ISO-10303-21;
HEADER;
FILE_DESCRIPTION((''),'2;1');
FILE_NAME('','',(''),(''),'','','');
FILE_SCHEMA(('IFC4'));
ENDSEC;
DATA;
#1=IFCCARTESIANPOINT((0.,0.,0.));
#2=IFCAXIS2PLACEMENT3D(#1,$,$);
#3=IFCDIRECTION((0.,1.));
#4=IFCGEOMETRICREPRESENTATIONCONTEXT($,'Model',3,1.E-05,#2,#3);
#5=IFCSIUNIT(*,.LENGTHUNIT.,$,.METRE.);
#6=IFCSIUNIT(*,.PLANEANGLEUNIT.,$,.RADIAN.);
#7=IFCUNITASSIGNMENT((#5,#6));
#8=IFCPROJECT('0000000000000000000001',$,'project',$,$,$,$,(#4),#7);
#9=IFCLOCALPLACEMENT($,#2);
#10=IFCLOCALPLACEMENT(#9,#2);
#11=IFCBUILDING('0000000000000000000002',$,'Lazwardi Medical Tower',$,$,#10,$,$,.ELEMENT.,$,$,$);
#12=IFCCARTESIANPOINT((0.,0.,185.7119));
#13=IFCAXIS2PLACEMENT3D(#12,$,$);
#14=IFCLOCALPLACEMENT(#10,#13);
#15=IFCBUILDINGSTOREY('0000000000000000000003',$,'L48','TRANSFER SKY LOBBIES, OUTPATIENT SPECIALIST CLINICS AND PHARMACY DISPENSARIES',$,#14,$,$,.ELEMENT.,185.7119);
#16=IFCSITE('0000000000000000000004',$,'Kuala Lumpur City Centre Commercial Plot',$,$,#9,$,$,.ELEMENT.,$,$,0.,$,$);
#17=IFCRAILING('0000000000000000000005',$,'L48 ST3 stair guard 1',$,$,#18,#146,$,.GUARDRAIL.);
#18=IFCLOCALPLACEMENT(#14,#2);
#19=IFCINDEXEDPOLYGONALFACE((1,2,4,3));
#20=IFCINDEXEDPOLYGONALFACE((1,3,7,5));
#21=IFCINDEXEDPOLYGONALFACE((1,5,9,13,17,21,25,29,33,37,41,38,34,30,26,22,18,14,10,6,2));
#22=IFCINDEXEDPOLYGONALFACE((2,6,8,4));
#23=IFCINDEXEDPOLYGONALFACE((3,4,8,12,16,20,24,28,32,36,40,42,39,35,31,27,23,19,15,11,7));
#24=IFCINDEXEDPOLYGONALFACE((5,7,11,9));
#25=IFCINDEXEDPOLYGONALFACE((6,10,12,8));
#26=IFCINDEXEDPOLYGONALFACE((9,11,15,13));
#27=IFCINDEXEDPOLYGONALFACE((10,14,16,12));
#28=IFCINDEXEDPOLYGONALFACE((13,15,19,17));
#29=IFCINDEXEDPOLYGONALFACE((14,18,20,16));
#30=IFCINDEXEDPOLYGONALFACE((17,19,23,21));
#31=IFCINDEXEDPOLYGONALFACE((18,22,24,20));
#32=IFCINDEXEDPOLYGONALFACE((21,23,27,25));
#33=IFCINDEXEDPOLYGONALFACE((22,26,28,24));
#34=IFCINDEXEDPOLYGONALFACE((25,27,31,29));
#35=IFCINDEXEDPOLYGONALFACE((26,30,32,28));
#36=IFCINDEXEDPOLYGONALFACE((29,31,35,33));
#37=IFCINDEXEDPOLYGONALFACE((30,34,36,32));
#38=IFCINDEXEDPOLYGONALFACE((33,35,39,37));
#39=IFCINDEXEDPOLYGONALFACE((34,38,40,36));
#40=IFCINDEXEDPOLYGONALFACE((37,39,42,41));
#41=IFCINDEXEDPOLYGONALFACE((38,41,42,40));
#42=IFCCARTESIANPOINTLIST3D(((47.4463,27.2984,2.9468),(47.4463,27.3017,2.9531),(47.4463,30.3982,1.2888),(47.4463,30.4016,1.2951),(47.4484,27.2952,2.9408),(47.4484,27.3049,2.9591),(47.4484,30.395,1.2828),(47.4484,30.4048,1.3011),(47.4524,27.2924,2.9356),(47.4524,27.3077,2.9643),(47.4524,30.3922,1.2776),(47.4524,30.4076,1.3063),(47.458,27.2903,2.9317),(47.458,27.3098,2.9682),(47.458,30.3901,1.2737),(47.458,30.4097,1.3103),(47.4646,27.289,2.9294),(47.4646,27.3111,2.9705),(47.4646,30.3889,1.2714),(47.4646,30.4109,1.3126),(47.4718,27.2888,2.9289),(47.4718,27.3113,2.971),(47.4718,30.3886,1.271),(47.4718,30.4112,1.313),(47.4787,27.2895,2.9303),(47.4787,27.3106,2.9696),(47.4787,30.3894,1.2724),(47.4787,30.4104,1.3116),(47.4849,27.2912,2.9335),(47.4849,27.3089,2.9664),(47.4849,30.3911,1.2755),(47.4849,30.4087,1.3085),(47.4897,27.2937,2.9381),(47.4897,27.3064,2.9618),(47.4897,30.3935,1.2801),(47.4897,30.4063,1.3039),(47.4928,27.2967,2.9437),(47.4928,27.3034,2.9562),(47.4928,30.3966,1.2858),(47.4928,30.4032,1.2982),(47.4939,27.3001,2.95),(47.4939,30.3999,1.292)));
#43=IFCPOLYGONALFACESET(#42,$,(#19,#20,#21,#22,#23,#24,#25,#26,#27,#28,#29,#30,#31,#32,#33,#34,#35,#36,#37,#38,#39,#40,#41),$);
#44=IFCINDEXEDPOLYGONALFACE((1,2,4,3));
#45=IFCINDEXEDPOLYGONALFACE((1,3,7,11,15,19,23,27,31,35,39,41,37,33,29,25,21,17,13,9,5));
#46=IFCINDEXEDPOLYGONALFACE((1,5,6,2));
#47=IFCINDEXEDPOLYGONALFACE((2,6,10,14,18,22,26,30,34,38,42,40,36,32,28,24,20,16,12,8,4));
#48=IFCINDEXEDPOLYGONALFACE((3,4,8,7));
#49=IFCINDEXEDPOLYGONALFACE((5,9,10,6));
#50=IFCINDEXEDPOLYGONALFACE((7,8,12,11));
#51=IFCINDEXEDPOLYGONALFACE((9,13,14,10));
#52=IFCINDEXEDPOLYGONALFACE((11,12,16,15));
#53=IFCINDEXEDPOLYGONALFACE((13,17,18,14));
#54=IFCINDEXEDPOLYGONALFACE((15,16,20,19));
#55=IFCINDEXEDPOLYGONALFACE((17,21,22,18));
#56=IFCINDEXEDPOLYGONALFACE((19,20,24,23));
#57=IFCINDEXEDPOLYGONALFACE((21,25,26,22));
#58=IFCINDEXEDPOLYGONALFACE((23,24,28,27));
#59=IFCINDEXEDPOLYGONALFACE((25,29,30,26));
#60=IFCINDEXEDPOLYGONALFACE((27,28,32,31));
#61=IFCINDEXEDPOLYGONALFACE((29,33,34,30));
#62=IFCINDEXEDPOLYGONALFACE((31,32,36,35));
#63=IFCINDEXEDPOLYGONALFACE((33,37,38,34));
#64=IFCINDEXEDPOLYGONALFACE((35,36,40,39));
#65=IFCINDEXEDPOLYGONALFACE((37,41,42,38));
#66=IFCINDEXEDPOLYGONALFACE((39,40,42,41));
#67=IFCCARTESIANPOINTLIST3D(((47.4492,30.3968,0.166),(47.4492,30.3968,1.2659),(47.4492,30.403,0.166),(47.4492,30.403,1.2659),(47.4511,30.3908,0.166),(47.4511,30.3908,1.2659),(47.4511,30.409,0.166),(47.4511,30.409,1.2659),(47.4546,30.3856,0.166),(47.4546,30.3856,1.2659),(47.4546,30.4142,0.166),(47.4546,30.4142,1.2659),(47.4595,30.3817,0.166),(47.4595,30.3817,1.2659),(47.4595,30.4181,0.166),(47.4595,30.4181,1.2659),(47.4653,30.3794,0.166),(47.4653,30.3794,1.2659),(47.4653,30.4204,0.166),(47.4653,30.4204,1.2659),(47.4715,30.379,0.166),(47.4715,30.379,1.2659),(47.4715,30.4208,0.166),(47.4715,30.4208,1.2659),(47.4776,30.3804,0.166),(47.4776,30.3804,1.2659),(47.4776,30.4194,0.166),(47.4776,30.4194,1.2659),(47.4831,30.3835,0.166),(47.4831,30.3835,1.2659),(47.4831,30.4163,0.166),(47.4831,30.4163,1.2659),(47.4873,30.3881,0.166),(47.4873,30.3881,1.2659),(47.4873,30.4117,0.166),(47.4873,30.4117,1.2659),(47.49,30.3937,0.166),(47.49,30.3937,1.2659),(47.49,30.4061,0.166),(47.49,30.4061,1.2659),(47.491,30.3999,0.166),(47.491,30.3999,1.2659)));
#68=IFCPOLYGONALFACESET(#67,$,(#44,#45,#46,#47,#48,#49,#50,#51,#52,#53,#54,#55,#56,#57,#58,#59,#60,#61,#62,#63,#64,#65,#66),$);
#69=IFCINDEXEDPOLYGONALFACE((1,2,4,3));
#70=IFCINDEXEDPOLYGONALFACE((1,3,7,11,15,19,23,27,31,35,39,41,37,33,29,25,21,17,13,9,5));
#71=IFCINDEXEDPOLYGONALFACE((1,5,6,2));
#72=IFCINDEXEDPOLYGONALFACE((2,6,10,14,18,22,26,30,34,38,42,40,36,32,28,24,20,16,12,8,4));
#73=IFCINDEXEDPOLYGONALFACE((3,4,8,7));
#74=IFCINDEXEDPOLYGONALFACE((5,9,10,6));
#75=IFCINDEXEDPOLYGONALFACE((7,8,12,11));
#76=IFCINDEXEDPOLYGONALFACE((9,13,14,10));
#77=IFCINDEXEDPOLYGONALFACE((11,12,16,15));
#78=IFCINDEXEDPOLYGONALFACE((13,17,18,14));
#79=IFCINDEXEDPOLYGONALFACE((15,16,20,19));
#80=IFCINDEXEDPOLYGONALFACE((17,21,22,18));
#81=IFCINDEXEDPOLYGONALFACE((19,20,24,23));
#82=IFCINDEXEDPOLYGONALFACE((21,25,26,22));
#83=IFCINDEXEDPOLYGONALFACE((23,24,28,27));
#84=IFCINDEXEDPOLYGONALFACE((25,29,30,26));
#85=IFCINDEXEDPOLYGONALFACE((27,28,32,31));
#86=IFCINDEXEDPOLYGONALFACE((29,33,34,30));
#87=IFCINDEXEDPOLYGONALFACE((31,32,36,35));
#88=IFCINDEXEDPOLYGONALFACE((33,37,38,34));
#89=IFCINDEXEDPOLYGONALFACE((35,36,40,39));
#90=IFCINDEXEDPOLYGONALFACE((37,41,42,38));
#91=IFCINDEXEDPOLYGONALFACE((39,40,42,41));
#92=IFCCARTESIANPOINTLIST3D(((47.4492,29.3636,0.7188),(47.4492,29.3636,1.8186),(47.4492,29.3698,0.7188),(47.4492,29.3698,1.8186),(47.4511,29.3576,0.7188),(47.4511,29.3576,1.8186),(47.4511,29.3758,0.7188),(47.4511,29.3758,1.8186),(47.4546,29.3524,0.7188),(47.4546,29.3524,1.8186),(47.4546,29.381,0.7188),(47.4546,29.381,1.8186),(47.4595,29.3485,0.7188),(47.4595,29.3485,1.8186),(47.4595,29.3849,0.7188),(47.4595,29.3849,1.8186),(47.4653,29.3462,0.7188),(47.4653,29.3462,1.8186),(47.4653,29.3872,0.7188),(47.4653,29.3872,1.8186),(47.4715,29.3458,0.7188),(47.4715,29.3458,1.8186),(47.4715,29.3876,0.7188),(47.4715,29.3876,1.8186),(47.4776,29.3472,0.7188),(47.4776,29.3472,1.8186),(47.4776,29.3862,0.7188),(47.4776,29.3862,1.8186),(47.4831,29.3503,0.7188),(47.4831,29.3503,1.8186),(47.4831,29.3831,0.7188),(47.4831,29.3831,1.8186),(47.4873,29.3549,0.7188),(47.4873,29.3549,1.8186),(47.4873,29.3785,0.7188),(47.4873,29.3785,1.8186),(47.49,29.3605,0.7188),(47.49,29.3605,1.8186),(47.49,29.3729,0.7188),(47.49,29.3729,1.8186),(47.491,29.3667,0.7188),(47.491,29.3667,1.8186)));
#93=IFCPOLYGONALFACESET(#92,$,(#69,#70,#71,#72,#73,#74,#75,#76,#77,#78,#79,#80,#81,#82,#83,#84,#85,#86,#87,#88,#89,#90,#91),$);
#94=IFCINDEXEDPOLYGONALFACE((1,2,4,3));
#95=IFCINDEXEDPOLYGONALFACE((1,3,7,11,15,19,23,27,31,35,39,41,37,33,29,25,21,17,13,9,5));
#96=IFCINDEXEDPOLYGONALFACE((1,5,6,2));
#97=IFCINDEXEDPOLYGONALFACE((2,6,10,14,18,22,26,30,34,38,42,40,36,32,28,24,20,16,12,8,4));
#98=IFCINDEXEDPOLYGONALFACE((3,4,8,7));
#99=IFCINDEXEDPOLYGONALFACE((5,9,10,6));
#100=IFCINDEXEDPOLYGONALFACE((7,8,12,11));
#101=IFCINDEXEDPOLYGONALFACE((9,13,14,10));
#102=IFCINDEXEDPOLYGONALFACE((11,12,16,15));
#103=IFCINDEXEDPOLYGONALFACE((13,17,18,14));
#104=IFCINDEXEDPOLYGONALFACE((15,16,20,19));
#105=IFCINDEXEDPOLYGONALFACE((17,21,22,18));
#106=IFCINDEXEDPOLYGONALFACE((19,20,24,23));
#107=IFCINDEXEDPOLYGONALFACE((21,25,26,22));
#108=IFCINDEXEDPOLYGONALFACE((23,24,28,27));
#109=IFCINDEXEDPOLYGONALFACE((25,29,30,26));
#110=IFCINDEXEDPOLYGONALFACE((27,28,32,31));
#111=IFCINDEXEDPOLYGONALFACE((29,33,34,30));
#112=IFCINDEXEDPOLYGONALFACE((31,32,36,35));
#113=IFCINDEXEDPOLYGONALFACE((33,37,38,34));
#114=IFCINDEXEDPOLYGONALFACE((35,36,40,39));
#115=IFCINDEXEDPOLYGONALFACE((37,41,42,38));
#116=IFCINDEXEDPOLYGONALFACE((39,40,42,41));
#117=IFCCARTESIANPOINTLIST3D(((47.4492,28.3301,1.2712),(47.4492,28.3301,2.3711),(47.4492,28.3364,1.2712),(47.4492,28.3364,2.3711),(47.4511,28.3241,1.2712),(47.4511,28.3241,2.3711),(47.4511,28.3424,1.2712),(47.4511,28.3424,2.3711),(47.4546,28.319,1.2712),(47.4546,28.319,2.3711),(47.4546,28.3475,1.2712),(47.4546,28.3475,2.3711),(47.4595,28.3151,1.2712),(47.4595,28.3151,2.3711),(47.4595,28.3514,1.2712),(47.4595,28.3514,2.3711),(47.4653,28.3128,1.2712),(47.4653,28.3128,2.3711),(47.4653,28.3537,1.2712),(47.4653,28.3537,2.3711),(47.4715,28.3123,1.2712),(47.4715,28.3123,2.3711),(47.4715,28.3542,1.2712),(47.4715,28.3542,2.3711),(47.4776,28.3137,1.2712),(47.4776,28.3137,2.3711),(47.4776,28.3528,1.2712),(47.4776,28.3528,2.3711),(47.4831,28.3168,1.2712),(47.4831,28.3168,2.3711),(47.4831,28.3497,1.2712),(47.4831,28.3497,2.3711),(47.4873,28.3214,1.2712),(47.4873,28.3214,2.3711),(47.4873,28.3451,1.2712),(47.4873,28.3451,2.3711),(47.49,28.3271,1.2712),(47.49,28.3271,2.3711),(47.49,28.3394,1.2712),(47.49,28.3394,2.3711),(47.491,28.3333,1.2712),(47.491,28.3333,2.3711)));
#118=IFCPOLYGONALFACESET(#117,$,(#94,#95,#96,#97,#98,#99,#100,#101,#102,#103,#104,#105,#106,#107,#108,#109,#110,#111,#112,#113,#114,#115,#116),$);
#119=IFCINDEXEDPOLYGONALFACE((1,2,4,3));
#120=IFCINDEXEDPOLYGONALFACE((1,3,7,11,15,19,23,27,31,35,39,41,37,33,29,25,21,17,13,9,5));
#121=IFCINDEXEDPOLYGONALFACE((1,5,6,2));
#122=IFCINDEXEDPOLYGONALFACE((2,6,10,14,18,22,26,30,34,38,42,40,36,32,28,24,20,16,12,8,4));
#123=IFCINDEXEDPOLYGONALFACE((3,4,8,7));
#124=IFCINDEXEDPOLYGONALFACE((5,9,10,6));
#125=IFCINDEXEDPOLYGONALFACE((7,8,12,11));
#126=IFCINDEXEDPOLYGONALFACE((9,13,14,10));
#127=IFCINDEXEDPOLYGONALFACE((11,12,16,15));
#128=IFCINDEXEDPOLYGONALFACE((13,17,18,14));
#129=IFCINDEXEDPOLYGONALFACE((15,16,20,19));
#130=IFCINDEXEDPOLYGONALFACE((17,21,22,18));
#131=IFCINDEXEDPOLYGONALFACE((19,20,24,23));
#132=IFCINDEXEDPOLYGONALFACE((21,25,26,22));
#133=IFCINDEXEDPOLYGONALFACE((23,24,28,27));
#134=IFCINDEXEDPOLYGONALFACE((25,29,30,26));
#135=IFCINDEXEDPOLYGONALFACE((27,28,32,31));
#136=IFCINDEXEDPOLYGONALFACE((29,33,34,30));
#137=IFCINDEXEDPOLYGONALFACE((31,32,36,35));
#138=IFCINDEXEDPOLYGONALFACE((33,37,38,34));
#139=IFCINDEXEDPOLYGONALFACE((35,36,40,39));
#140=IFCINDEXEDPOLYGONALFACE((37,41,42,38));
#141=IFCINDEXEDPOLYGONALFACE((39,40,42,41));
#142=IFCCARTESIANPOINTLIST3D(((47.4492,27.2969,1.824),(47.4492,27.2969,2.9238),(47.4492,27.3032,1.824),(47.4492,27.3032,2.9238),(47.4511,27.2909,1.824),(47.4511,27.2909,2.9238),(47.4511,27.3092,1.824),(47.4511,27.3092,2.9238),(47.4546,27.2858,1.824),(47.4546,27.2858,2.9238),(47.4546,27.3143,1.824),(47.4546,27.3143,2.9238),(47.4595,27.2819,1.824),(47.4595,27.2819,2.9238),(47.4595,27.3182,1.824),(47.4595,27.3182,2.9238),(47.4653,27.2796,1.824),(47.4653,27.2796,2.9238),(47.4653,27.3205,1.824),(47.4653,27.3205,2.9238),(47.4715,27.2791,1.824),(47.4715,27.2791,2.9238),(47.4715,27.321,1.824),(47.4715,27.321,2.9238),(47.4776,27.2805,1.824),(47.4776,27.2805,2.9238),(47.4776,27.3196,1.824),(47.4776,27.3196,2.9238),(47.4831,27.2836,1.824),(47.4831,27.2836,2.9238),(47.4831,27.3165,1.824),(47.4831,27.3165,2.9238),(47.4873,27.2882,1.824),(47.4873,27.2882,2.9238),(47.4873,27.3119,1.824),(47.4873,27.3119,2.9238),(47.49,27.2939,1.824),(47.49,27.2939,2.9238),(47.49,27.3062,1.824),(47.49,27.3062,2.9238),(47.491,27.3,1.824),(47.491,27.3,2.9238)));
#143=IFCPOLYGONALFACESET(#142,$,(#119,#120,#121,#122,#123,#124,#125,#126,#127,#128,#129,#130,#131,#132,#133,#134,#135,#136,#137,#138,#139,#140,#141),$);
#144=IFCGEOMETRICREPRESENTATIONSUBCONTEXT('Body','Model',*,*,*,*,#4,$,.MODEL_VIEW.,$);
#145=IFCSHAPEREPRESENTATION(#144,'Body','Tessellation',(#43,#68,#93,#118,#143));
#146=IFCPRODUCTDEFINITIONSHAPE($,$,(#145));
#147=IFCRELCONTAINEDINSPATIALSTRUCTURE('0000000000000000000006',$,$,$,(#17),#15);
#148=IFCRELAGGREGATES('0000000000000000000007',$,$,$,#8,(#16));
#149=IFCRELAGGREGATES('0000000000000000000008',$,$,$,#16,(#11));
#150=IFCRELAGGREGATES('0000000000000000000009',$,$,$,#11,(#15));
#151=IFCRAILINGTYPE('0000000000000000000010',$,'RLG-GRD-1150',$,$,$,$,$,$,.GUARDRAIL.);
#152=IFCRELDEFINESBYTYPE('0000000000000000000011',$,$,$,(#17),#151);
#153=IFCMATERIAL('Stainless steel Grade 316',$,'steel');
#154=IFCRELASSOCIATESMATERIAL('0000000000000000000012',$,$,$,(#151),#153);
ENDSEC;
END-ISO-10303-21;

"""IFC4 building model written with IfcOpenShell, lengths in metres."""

from ifc_helpers import new_model, si_unit, direction, frame, origin, origin_2d, place, context, subcontext, project, spatial, circle, extrude, material, type_object, element, save


model = new_model("IFC4")

# Units and contexts
model_context = context("Model", 3, precision=1e-05, world=origin(), true_north=direction((0.0, 1.0)))
body_context = subcontext(model_context, "Body", "Model", "MODEL_VIEW")
ifc_project = project(units=[si_unit("LENGTHUNIT", "METRE"), si_unit("PLANEANGLEUNIT", "RADIAN")], contexts=[model_context])

# Site, building, storey
site_placement = place(None, origin())
site = spatial("IfcSite", under=ifc_project, at=site_placement, Name="Kuala Lumpur City Centre Commercial Plot", CompositionType="ELEMENT", RefElevation=0.0)
building_placement = place(site_placement, origin())
building = spatial("IfcBuilding", under=site, at=building_placement, Name="Lazwardi Medical Tower", CompositionType="ELEMENT")
storey_placement = place(building_placement, frame((0.0, 0.0, 185.7119)))
storey = spatial("IfcBuildingStorey", under=building, at=storey_placement, Name="L48", Description="TRANSFER SKY LOBBIES, OUTPATIENT SPECIALIST CLINICS AND PHARMACY DISPENSARIES", CompositionType="ELEMENT", Elevation=185.7119)

# Railing
ifc_material_1 = material(Name="Stainless steel Grade 316", Category="steel")
railing_type_1 = type_object("IfcRailingType", Name="RLG-GRD-1150", PredefinedType="GUARDRAIL", material=ifc_material_1)
railing_1_placement = place(storey_placement, frame((47.47, 30.3999, 0.166)))
element("IfcRailing", 1, at=railing_1_placement, inside=storey, type_object=railing_type_1, Name="L48 ST3 stair guard 1", PredefinedType="GUARDRAIL", context=body_context, shape_type="SweptSolid", body=[
    extrude(circle(Radius=0.0239, at=origin_2d()), frame((0.0, 0.0, 1.126), z_axis=(0.0, -0.881797, 0.47163), x_axis=(1.0, 0.0, 0.0)), (0.0, 0.0, 1.0), 3.5154),
    extrude(circle(Radius=0.021, at=origin_2d()), origin(), (0.0, 0.0, 1.0), 1.0999),
    extrude(circle(Radius=0.021, at=origin_2d()), frame((0.0, -1.0332, 0.5527)), (0.0, 0.0, 1.0), 1.0999),
    extrude(circle(Radius=0.021, at=origin_2d()), frame((0.0, -2.0667, 1.1052)), (0.0, 0.0, 1.0), 1.0999),
    extrude(circle(Radius=0.021, at=origin_2d()), frame((0.0, -3.0999, 1.658)), (0.0, 0.0, 1.0), 1.0999),
])

save(model, "model.ifc")
